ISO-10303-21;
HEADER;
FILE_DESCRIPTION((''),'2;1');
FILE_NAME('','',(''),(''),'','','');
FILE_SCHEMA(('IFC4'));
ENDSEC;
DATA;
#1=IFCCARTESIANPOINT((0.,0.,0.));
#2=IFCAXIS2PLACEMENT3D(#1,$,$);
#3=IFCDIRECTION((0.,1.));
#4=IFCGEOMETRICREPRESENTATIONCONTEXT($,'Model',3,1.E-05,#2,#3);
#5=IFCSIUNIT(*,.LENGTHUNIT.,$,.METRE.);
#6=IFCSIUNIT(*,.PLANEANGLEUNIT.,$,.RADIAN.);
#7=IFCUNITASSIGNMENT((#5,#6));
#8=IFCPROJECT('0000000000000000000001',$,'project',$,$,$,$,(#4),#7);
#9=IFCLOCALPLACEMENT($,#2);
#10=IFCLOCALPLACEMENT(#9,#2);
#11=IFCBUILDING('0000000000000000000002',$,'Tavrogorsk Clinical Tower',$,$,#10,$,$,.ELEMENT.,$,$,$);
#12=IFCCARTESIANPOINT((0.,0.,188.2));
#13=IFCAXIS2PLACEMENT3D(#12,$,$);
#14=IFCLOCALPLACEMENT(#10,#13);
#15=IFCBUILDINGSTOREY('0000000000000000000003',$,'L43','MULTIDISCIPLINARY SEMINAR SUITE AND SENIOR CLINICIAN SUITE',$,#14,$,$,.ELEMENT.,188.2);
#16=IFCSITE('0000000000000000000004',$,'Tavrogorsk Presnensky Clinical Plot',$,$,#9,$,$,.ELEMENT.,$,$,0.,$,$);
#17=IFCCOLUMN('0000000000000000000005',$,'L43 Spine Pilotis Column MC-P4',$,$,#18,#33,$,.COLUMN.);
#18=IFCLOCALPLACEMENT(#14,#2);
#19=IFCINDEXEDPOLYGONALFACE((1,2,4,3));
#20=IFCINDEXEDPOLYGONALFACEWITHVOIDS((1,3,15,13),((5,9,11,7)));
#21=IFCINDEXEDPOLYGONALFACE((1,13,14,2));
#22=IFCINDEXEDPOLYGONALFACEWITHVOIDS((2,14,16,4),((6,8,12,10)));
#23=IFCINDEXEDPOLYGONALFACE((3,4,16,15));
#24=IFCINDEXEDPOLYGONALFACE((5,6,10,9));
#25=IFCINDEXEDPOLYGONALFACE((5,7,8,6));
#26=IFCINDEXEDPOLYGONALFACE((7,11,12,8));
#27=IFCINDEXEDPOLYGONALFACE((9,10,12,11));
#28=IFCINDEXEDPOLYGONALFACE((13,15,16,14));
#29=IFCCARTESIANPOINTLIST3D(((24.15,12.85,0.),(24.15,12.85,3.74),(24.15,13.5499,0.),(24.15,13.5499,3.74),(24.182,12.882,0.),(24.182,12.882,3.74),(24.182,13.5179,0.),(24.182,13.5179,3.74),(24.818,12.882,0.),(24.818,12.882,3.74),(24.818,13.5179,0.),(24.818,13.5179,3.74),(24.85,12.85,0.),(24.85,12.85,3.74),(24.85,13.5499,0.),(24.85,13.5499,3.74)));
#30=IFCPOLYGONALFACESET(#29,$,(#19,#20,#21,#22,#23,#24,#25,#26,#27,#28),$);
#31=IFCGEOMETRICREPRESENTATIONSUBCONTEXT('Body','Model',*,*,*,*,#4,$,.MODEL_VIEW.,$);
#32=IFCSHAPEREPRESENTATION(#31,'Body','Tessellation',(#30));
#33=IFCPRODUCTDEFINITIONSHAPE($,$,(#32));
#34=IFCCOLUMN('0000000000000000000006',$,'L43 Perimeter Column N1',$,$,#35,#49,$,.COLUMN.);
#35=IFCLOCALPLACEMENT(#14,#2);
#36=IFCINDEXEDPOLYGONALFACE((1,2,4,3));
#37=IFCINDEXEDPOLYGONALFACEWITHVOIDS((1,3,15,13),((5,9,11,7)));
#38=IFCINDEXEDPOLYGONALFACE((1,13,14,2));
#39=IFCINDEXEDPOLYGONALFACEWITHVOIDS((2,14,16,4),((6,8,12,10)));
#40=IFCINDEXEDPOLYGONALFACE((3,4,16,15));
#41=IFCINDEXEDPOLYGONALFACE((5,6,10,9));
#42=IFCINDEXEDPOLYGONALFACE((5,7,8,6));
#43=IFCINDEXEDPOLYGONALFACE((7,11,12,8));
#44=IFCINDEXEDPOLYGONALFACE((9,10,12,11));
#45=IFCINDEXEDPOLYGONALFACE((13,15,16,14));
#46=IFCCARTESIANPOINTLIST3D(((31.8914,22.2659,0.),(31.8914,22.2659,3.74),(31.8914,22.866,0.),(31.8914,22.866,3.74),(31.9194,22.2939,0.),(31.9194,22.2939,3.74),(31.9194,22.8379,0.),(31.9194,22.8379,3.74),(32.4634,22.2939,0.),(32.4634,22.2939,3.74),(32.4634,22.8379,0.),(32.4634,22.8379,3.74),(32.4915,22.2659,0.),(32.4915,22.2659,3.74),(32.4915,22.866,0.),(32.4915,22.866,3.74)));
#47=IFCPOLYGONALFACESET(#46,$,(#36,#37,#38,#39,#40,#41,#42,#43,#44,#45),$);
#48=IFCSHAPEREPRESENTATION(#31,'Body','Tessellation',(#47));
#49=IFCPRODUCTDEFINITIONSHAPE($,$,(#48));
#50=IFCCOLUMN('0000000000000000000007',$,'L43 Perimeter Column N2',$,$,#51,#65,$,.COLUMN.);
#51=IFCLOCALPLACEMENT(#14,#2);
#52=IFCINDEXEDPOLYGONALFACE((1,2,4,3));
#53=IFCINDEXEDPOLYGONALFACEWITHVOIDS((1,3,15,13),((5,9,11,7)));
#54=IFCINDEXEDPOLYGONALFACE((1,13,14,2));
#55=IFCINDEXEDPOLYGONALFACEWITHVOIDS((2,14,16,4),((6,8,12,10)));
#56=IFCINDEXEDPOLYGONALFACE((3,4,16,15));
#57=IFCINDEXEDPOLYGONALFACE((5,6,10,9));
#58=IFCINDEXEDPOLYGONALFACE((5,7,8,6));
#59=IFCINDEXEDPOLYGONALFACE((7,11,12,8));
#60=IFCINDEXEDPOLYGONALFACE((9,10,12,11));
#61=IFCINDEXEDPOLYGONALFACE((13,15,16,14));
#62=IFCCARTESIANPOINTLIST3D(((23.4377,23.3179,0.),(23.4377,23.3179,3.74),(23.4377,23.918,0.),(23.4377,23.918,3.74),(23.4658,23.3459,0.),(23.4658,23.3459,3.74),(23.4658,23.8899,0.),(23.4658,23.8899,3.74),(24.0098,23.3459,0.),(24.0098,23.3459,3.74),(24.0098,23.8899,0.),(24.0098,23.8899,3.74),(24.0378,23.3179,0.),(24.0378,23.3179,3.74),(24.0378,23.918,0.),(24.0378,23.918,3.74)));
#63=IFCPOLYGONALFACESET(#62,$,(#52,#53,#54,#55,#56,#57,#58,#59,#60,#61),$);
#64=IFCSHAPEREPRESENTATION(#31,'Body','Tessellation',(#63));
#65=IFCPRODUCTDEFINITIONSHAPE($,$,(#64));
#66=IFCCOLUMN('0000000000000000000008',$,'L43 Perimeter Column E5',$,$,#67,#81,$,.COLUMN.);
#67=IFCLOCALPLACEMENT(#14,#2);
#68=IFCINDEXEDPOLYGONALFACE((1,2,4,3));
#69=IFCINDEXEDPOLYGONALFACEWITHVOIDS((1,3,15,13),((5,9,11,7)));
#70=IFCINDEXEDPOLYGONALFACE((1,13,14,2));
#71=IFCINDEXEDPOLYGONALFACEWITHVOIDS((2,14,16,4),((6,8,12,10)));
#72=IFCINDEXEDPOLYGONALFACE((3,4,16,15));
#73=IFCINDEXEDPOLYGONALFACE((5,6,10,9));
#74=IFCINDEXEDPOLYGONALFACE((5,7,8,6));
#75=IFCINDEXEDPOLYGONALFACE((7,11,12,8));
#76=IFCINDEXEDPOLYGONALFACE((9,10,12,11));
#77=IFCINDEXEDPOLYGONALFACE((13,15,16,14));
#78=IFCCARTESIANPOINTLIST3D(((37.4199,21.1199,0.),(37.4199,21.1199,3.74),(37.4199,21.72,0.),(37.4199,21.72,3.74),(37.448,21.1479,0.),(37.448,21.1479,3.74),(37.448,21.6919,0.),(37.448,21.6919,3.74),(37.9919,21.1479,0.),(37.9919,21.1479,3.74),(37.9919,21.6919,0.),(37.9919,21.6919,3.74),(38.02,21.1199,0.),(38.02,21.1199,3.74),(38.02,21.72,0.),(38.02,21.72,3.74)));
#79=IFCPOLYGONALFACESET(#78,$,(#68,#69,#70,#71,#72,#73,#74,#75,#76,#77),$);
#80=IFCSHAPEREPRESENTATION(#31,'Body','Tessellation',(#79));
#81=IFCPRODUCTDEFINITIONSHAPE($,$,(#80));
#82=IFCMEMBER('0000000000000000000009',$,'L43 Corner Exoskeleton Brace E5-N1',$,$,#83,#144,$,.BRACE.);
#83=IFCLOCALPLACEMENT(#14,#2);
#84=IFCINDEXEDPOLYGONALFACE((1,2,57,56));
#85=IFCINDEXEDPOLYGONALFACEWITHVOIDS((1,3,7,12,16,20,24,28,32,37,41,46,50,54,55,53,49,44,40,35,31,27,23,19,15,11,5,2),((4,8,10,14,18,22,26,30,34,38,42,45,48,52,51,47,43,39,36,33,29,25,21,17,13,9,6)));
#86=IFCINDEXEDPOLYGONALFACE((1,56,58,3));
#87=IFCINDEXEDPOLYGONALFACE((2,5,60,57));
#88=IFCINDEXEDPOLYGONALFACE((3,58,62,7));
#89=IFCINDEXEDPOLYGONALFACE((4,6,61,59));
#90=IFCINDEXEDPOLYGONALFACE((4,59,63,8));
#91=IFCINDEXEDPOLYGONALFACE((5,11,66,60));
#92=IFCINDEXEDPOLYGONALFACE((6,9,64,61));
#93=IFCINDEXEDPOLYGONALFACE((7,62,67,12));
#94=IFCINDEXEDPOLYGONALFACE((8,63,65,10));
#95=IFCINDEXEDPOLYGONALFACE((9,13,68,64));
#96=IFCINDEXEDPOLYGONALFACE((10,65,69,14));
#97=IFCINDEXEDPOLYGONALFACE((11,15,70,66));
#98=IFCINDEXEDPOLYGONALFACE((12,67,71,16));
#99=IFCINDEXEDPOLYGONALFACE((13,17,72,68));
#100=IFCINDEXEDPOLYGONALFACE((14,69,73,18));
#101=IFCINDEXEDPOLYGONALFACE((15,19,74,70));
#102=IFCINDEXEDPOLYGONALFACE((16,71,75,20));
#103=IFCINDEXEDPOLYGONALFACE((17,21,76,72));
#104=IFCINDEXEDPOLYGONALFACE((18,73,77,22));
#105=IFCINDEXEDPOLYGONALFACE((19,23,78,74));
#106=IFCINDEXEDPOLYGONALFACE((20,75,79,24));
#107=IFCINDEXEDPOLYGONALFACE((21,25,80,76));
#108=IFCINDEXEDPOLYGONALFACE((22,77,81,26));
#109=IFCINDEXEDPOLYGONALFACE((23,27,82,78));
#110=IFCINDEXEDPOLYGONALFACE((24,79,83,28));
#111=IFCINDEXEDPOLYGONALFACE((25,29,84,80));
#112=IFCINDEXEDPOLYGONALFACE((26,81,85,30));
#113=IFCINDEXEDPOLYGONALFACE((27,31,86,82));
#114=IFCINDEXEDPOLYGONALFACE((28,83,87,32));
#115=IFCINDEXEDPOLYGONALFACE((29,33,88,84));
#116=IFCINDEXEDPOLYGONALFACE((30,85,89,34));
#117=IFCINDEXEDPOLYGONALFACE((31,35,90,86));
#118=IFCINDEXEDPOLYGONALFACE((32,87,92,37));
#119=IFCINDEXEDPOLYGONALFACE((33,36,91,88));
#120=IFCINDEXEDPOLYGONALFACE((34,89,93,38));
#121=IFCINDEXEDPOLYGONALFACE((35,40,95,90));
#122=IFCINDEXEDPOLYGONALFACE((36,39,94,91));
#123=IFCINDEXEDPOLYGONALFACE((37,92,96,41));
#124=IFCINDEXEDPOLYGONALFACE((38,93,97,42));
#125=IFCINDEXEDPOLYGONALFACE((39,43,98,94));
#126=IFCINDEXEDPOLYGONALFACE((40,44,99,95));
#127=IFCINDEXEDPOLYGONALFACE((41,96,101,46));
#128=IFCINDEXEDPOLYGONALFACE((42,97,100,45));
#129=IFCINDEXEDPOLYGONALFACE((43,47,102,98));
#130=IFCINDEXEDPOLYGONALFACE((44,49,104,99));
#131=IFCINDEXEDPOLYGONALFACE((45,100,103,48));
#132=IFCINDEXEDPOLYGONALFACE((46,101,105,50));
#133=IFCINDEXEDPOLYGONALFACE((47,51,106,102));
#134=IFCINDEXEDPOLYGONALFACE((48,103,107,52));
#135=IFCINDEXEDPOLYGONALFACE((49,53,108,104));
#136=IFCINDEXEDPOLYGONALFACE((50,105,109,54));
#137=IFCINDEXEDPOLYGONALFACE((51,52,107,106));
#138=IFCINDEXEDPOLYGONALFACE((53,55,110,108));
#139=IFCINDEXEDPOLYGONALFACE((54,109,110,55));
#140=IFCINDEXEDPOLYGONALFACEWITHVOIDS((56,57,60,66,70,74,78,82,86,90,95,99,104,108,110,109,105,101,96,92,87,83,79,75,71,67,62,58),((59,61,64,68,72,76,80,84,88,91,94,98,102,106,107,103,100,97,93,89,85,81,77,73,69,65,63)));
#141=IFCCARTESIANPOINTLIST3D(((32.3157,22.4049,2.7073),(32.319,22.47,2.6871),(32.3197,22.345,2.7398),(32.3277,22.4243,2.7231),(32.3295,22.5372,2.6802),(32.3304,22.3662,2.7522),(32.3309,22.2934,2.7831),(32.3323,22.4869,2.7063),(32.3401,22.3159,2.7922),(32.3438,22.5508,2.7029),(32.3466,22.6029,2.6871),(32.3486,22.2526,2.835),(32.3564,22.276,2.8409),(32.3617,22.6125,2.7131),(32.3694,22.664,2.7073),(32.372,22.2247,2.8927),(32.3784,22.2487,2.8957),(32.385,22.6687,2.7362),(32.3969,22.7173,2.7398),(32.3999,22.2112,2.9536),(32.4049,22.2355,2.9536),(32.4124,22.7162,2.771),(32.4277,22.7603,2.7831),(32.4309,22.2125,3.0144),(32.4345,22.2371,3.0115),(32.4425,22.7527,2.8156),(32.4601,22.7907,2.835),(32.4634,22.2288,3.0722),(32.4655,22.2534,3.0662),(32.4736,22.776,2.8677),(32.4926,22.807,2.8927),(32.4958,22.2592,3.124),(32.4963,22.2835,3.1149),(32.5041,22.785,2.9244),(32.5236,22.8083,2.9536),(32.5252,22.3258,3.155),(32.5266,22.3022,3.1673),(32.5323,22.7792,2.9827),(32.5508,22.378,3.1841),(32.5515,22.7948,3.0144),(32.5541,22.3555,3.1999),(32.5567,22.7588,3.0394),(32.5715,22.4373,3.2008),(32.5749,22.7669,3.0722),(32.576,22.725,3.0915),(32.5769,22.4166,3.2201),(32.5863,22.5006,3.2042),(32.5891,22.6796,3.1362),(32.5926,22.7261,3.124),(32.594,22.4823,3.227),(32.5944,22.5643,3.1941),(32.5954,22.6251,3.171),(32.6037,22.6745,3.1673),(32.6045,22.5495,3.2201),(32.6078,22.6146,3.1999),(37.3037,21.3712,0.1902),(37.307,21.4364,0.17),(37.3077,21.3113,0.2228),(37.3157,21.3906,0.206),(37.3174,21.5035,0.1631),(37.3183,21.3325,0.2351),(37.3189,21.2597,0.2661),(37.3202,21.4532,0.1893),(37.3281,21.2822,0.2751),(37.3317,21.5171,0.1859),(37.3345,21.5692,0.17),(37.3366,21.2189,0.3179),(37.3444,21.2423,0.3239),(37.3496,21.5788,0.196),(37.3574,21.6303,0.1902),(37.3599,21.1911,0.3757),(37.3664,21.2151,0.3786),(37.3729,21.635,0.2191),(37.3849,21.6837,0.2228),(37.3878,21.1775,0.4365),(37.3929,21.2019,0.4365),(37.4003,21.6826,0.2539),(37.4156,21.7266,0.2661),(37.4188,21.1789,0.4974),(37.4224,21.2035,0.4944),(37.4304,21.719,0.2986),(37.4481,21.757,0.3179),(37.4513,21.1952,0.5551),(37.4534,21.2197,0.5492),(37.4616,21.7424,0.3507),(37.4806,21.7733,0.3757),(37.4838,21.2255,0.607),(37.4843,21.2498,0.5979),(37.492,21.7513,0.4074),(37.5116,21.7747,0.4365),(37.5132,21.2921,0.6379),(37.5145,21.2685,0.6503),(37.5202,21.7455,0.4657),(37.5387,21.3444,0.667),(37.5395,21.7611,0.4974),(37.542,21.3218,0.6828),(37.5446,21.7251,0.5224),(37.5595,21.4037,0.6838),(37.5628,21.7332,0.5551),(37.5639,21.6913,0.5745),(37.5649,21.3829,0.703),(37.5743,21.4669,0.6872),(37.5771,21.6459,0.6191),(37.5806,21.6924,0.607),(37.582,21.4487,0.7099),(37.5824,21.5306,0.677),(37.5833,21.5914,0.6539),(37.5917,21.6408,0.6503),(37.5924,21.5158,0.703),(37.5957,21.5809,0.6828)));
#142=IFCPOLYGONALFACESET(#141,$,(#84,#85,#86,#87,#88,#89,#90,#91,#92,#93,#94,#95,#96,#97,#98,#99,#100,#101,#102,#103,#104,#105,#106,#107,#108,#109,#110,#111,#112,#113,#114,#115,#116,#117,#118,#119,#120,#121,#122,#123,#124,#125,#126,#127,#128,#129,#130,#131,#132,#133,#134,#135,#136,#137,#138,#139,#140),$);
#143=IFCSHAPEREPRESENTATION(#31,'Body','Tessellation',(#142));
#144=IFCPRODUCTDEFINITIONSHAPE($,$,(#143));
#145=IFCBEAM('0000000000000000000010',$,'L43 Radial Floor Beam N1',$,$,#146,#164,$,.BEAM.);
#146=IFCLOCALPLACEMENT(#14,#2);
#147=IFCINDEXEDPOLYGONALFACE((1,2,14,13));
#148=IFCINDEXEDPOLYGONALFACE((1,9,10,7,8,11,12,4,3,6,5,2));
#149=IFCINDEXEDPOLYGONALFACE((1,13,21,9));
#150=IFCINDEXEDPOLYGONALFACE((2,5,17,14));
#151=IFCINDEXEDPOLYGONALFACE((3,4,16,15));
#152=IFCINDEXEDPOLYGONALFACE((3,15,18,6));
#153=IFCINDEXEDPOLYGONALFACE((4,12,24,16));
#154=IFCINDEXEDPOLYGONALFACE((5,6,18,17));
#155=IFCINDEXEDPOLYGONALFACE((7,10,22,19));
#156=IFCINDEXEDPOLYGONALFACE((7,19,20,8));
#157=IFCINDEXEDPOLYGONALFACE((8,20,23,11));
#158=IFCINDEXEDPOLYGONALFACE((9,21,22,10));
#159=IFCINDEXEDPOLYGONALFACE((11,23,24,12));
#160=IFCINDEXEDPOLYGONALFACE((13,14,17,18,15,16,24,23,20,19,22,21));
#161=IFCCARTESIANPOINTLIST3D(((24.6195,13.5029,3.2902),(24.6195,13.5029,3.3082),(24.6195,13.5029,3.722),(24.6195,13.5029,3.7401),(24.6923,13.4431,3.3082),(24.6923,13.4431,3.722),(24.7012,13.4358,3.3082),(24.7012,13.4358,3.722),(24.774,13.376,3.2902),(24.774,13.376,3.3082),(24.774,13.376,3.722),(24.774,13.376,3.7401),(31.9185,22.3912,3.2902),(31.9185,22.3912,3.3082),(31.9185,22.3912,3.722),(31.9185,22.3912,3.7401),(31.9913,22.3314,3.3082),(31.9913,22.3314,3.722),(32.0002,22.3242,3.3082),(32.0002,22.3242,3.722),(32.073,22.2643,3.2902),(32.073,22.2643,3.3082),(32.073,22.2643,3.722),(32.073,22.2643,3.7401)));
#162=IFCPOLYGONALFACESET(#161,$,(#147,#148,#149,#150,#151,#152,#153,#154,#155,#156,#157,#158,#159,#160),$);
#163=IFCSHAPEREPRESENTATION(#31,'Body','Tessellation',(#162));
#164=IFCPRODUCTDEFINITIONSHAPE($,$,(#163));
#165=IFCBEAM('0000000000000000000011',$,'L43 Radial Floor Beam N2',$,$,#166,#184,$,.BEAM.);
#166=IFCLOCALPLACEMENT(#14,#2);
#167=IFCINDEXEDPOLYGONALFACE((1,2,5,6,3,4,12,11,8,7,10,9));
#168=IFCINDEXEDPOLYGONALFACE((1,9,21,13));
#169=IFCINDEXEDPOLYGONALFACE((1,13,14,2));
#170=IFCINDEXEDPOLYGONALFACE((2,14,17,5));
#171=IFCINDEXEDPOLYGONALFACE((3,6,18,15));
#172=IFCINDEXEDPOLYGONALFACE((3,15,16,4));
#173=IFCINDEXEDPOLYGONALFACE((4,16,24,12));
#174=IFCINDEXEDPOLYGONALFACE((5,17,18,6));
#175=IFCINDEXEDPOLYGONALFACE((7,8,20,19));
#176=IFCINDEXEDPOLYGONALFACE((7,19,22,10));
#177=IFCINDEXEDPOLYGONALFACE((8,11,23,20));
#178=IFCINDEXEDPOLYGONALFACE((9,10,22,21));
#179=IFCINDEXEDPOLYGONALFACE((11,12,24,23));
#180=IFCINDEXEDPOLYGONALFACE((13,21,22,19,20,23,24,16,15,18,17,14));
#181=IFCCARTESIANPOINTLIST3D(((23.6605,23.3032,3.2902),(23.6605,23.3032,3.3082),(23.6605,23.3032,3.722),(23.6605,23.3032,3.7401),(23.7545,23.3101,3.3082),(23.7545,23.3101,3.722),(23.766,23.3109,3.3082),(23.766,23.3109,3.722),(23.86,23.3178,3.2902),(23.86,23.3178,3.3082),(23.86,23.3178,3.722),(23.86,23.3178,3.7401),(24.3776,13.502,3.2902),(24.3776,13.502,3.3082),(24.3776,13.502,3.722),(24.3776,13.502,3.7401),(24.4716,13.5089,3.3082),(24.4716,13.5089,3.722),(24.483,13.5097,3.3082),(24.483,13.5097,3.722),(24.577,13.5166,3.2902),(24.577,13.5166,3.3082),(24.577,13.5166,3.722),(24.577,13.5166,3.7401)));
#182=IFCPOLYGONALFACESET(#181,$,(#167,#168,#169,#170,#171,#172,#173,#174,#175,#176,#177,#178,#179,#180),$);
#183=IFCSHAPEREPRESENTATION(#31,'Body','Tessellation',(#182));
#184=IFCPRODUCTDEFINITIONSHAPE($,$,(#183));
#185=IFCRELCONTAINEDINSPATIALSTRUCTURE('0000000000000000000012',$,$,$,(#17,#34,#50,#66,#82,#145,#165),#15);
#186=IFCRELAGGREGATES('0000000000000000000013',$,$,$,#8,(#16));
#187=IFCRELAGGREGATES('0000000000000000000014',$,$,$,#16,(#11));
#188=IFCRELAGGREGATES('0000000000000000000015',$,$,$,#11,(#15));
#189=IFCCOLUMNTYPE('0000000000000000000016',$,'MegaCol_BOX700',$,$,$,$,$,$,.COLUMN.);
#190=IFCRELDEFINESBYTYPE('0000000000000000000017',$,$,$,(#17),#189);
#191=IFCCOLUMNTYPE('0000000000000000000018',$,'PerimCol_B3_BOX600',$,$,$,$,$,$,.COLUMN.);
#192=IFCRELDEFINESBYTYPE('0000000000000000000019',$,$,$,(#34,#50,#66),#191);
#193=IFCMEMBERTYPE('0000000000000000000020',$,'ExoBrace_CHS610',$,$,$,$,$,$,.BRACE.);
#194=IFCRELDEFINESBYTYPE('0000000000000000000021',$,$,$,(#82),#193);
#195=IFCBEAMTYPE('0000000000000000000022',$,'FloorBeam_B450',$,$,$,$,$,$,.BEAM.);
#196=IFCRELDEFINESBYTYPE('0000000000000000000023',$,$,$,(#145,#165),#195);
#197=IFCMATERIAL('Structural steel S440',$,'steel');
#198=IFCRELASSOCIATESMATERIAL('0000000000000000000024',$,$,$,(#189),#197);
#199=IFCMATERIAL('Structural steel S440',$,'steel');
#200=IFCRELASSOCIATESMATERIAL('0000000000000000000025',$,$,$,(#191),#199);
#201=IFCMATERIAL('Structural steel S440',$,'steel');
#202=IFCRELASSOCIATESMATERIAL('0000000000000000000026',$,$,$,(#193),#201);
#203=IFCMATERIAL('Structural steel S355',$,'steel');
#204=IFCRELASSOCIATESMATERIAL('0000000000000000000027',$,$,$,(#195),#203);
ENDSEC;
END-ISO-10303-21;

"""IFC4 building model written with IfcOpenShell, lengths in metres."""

from ifc_helpers import new_model, si_unit, direction, frame, origin, origin_2d, place, context, subcontext, project, spatial, hollow_rectangle, hollow_circle, i_section, extrude, material, material_profile, profile_set, type_object, element, save


model = new_model("IFC4")

# Units and contexts
model_context = context("Model", 3, precision=1e-05, world=origin(), true_north=direction((0.0, 1.0)))
body_context = subcontext(model_context, "Body", "Model", "MODEL_VIEW")
ifc_project = project(units=[si_unit("LENGTHUNIT", "METRE"), si_unit("PLANEANGLEUNIT", "RADIAN")], contexts=[model_context])

# Site, building, storey
site_placement = place(None, origin())
site = spatial("IfcSite", under=ifc_project, at=site_placement, Name="Tavrogorsk Presnensky Clinical Plot", CompositionType="ELEMENT", RefElevation=0.0)
building_placement = place(site_placement, origin())
building = spatial("IfcBuilding", under=site, at=building_placement, Name="Tavrogorsk Clinical Tower", CompositionType="ELEMENT")
storey_placement = place(building_placement, frame((0.0, 0.0, 188.2)))
storey = spatial("IfcBuildingStorey", under=building, at=storey_placement, Name="L43", Description="MULTIDISCIPLINARY SEMINAR SUITE AND SENIOR CLINICIAN SUITE", CompositionType="ELEMENT", Elevation=188.2)

# Columns
ifc_material_1 = material(Name="Structural steel S440", Category="steel")
ifc_material_profile_1 = material_profile(ifc_material_1, hollow_rectangle(XDim=0.7, YDim=0.7, WallThickness=0.032, at=origin_2d()), Name="BOX-700x700x32")
ifc_profile_set_1 = profile_set([ifc_material_profile_1], Name="Structural steel S440")
column_type_1 = type_object("IfcColumnType", Name="MegaCol_BOX700", PredefinedType="COLUMN", material=ifc_profile_set_1)
column_placement = place(storey_placement, frame((24.5, 13.2, 0.0), z_axis=(0.0, 0.0, 1.0), x_axis=(1.0, 0.0, 0.0)))
element("IfcColumn", 1, at=column_placement, inside=storey, type_object=column_type_1, Name="L43 Spine Pilotis Column MC-P4", PredefinedType="COLUMN", context=body_context, shape_type="SweptSolid", body=[
    extrude(hollow_rectangle(XDim=0.7, YDim=0.7, WallThickness=0.032, at=origin_2d()), origin(), (0.0, 0.0, 1.0), 3.74),
])
ifc_material_2 = material(Name="Structural steel S440", Category="steel")
ifc_material_profile_2 = material_profile(ifc_material_2, hollow_rectangle(XDim=0.6001, YDim=0.6001, WallThickness=0.0281, at=origin_2d()), Name="BOX-600x600x28")
ifc_profile_set_2 = profile_set([ifc_material_profile_2], Name="Structural steel S440")
column_type_2 = type_object("IfcColumnType", Name="PerimCol_B3_BOX600", PredefinedType="COLUMN", material=ifc_profile_set_2)
for number, where, z_axis, x_axis, name in (
    (2, (32.1914, 22.5659, 0.0), (0.0, 0.0, 1.0), (1.0, 0.0, 0.0), "L43 Perimeter Column N1"),
    (3, (23.7378, 23.6179, 0.0), (0.0, 0.0, 1.0), (1.0, 0.0, 0.0), "L43 Perimeter Column N2"),
    (4, (37.72, 21.4199, 0.0), (0.0, 0.0, 1.0), (1.0, 0.0, 0.0), "L43 Perimeter Column E5"),
):
    element("IfcColumn", number, at=place(storey_placement, frame(where, z_axis=z_axis, x_axis=x_axis)), inside=storey, type_object=column_type_2, Name=name, PredefinedType="COLUMN", context=body_context, shape_type="SweptSolid", body=[
        extrude(hollow_rectangle(XDim=0.6001, YDim=0.6001, WallThickness=0.0281, at=origin_2d()), origin(), (0.0, 0.0, 1.0), 3.74),
    ])

# Member
ifc_material_3 = material(Name="Structural steel S440", Category="steel")
ifc_material_profile_3 = material_profile(ifc_material_3, hollow_circle(Radius=0.3049, WallThickness=0.0249, at=origin_2d()), Name="CHS-610x25")
ifc_profile_set_3 = profile_set([ifc_material_profile_3], Name="Structural steel S440")
member_type_1 = type_object("IfcMemberType", Name="ExoBrace_CHS610", PredefinedType="BRACE", material=ifc_profile_set_3)
member_1_placement = place(storey_placement, frame((37.4497, 21.4761, 0.4365), z_axis=(-0.877871, 0.181925, 0.442996), x_axis=(-0.202923, -0.979195, 0.0)))
element("IfcMember", 5, at=member_1_placement, inside=storey, type_object=member_type_1, Name="L43 Corner Exoskeleton Brace E5-N1", PredefinedType="BRACE", context=body_context, shape_type="SweptSolid", body=[
    extrude(hollow_circle(Radius=0.3049, WallThickness=0.0249, at=origin_2d()), origin(), (0.0, 0.0, 1.0), 5.6819),
])

# Beams
ifc_material_4 = material(Name="Structural steel S355", Category="steel")
ifc_material_profile_4 = material_profile(ifc_material_4, i_section(OverallWidth=0.2, OverallDepth=0.45, WebThickness=0.0115, FlangeThickness=0.0181, at=origin_2d()), Name="B-450x200x11.5x18")
ifc_profile_set_4 = profile_set([ifc_material_profile_4], Name="Structural steel S355")
beam_type_1 = type_object("IfcBeamType", Name="FloorBeam_B450", PredefinedType="BEAM", material=ifc_profile_set_4)
beam_1_placement = place(storey_placement, frame((24.6968, 13.4395, 3.5151), z_axis=(0.634629, 0.772817, 0.0), x_axis=(-0.772817, 0.634629, 0.0)))
element("IfcBeam", 6, at=beam_1_placement, inside=storey, type_object=beam_type_1, Name="L43 Radial Floor Beam N1", PredefinedType="BEAM", context=body_context, shape_type="SweptSolid", body=[
    extrude(i_section(OverallWidth=0.2, OverallDepth=0.45, WebThickness=0.0115, FlangeThickness=0.0181, at=origin_2d()), origin(), (0.0, 0.0, 1.0), 11.5012),
])
beam_2_placement = place(storey_placement, frame((24.4773, 13.5093, 3.5151), z_axis=(-0.072963, 0.997335, 0.0), x_axis=(-0.997335, -0.072963, 0.0)))
element("IfcBeam", 7, at=beam_2_placement, inside=storey, type_object=beam_type_1, Name="L43 Radial Floor Beam N2", PredefinedType="BEAM", context=body_context, shape_type="SweptSolid", body=[
    extrude(i_section(OverallWidth=0.2, OverallDepth=0.45, WebThickness=0.0115, FlangeThickness=0.0181, at=origin_2d()), origin(), (0.0, 0.0, 1.0), 9.8274),
])

save(model, "model.ifc")
